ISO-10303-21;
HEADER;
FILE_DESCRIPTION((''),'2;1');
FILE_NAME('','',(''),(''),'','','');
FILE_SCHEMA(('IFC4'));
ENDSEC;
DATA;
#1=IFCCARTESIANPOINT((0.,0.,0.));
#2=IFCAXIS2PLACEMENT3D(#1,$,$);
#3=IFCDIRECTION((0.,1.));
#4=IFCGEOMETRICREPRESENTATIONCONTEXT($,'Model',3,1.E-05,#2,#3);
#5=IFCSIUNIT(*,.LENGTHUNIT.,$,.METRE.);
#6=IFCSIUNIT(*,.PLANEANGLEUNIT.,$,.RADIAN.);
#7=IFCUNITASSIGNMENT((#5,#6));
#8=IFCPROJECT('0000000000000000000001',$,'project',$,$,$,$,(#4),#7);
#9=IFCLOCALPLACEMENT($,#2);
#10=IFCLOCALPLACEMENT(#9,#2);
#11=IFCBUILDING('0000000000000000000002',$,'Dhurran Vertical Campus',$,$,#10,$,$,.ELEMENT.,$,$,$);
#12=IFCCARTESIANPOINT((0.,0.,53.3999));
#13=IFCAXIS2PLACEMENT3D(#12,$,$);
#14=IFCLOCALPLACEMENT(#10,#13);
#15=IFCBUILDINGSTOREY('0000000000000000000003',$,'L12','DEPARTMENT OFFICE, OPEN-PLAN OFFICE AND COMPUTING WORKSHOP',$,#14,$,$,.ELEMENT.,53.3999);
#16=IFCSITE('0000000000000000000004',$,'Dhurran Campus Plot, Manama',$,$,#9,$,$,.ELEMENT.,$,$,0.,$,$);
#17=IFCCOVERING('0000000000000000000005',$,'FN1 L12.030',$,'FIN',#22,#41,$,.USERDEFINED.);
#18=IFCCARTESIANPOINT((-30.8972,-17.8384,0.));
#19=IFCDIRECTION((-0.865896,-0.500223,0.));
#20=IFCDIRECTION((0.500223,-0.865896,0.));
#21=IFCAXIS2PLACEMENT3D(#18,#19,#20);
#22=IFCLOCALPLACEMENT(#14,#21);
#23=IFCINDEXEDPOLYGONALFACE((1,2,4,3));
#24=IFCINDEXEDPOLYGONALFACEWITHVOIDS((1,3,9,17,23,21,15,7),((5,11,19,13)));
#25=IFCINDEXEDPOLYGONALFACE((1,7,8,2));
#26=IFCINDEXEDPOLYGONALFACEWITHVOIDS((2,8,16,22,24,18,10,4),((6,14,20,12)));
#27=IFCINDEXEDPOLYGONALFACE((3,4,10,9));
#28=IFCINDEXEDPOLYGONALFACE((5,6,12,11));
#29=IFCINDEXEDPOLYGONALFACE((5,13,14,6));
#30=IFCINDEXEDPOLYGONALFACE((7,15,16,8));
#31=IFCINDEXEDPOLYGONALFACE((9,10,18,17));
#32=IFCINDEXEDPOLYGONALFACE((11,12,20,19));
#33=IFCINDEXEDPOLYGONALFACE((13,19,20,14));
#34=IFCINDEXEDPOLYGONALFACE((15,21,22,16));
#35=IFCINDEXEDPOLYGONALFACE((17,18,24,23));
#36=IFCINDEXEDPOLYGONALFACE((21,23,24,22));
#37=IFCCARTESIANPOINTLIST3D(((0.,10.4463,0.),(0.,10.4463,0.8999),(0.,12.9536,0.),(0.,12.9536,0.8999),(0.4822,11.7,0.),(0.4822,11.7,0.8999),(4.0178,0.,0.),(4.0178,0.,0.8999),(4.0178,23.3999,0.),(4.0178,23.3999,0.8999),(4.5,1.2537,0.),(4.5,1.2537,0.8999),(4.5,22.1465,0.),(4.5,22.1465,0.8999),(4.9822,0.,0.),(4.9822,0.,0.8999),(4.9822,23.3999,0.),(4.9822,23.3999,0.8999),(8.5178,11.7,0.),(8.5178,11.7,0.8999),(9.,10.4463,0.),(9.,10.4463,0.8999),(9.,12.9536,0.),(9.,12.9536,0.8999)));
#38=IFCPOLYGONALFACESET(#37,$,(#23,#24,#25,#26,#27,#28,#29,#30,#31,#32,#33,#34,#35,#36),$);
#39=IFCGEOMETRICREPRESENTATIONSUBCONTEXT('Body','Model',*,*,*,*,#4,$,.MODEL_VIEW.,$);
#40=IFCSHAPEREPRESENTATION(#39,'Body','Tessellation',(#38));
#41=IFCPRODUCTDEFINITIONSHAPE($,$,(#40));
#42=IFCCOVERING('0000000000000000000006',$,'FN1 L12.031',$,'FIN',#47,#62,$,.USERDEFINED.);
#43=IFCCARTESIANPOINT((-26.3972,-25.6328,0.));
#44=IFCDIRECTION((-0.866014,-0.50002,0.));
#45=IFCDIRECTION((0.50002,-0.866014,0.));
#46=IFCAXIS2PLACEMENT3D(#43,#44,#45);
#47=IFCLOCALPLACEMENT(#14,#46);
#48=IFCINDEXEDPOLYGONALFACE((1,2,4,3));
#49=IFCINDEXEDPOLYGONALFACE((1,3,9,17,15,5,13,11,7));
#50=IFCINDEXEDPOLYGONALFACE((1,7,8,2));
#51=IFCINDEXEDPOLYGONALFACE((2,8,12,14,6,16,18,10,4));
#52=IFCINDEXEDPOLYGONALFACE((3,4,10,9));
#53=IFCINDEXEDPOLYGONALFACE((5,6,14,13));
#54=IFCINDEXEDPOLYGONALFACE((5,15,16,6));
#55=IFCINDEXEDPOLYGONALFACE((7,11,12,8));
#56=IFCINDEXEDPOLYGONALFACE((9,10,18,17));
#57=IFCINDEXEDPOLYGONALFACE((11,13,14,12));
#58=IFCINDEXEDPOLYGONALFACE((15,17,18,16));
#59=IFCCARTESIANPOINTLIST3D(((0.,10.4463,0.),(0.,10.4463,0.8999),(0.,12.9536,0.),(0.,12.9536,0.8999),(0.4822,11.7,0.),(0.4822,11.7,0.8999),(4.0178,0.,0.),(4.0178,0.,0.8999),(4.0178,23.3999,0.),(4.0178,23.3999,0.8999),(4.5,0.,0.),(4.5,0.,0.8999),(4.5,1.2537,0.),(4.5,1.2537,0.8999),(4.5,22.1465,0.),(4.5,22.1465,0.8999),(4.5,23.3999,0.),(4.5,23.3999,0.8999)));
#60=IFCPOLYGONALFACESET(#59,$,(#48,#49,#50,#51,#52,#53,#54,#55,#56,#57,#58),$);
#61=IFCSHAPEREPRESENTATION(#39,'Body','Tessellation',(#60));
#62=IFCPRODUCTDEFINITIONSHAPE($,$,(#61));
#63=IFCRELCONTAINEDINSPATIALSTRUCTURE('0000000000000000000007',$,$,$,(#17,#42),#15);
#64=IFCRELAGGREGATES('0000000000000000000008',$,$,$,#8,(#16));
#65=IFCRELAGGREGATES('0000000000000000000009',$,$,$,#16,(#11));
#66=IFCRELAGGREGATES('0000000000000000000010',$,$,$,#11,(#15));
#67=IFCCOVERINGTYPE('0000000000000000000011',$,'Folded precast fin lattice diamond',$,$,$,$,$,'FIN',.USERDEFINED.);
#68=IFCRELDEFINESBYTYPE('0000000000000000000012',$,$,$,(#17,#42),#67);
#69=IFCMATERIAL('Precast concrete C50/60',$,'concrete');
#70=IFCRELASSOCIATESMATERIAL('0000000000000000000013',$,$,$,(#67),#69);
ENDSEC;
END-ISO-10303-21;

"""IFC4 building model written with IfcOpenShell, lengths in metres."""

from ifc_helpers import new_model, si_unit, direction, frame, origin, place, context, subcontext, project, spatial, polyline, outline, extrude, material, type_object, element, save


model = new_model("IFC4")

# Units and contexts
model_context = context("Model", 3, precision=1e-05, world=origin(), true_north=direction((0.0, 1.0)))
body_context = subcontext(model_context, "Body", "Model", "MODEL_VIEW")
ifc_project = project(units=[si_unit("LENGTHUNIT", "METRE"), si_unit("PLANEANGLEUNIT", "RADIAN")], contexts=[model_context])

# Site, building, storey
site_placement = place(None, origin())
site = spatial("IfcSite", under=ifc_project, at=site_placement, Name="Dhurran Campus Plot, Manama", CompositionType="ELEMENT", RefElevation=0.0)
building_placement = place(site_placement, origin())
building = spatial("IfcBuilding", under=site, at=building_placement, Name="Dhurran Vertical Campus", CompositionType="ELEMENT")
storey_placement = place(building_placement, frame((0.0, 0.0, 53.3999)))
storey = spatial("IfcBuildingStorey", under=building, at=storey_placement, Name="L12", Description="DEPARTMENT OFFICE, OPEN-PLAN OFFICE AND COMPUTING WORKSHOP", CompositionType="ELEMENT", Elevation=53.3999)

# Coverings
ifc_material_1 = material(Name="Precast concrete C50/60", Category="concrete")
covering_type = type_object("IfcCoveringType", Name="Folded precast fin lattice diamond", ElementType="FIN", PredefinedType="USERDEFINED", material=ifc_material_1)
for number, where, z_axis, x_axis, name in (
    (1, (-30.8972, -17.8384, 0.0), (-0.865896, -0.500223, 0.0), (0.500223, -0.865896, 0.0), "FN1 L12.030"),
):
    element("IfcCovering", number, at=place(storey_placement, frame(where, z_axis=z_axis, x_axis=x_axis)), inside=storey, type_object=covering_type, Name=name, ObjectType="FIN", PredefinedType="USERDEFINED", context=body_context, shape_type="SweptSolid", body=[
        extrude(outline(polyline([(9.0, 12.9536), (9.0, 10.4463), (4.9822, 0.0), (4.0178, 0.0), (0.0, 10.4463), (0.0, 12.9536), (4.0178, 23.3999), (4.9822, 23.3999), (9.0, 12.9536)]), holes=[polyline([(8.5178, 11.7), (4.5, 22.1465), (0.4822, 11.7), (4.5, 1.2537), (8.5178, 11.7)])]), origin(), (0.0, 0.0, 1.0), 0.8999),
    ])
covering_1_placement = place(storey_placement, frame((-26.3972, -25.6328, 0.0), z_axis=(-0.866014, -0.50002, 0.0), x_axis=(0.50002, -0.866014, 0.0)))
element("IfcCovering", 2, at=covering_1_placement, inside=storey, type_object=covering_type, Name="FN1 L12.031", ObjectType="FIN", PredefinedType="USERDEFINED", context=body_context, shape_type="SweptSolid", body=[
    extrude(outline(polyline([(4.0178, 0.0), (0.0, 10.4463), (0.0, 12.9536), (4.0178, 23.3999), (4.5, 23.3999), (4.5, 22.1465), (0.4822, 11.7), (4.5, 1.2537), (4.5, 0.0), (4.0178, 0.0)])), origin(), (0.0, 0.0, 1.0), 0.8999),
])

save(model, "model.ifc")
